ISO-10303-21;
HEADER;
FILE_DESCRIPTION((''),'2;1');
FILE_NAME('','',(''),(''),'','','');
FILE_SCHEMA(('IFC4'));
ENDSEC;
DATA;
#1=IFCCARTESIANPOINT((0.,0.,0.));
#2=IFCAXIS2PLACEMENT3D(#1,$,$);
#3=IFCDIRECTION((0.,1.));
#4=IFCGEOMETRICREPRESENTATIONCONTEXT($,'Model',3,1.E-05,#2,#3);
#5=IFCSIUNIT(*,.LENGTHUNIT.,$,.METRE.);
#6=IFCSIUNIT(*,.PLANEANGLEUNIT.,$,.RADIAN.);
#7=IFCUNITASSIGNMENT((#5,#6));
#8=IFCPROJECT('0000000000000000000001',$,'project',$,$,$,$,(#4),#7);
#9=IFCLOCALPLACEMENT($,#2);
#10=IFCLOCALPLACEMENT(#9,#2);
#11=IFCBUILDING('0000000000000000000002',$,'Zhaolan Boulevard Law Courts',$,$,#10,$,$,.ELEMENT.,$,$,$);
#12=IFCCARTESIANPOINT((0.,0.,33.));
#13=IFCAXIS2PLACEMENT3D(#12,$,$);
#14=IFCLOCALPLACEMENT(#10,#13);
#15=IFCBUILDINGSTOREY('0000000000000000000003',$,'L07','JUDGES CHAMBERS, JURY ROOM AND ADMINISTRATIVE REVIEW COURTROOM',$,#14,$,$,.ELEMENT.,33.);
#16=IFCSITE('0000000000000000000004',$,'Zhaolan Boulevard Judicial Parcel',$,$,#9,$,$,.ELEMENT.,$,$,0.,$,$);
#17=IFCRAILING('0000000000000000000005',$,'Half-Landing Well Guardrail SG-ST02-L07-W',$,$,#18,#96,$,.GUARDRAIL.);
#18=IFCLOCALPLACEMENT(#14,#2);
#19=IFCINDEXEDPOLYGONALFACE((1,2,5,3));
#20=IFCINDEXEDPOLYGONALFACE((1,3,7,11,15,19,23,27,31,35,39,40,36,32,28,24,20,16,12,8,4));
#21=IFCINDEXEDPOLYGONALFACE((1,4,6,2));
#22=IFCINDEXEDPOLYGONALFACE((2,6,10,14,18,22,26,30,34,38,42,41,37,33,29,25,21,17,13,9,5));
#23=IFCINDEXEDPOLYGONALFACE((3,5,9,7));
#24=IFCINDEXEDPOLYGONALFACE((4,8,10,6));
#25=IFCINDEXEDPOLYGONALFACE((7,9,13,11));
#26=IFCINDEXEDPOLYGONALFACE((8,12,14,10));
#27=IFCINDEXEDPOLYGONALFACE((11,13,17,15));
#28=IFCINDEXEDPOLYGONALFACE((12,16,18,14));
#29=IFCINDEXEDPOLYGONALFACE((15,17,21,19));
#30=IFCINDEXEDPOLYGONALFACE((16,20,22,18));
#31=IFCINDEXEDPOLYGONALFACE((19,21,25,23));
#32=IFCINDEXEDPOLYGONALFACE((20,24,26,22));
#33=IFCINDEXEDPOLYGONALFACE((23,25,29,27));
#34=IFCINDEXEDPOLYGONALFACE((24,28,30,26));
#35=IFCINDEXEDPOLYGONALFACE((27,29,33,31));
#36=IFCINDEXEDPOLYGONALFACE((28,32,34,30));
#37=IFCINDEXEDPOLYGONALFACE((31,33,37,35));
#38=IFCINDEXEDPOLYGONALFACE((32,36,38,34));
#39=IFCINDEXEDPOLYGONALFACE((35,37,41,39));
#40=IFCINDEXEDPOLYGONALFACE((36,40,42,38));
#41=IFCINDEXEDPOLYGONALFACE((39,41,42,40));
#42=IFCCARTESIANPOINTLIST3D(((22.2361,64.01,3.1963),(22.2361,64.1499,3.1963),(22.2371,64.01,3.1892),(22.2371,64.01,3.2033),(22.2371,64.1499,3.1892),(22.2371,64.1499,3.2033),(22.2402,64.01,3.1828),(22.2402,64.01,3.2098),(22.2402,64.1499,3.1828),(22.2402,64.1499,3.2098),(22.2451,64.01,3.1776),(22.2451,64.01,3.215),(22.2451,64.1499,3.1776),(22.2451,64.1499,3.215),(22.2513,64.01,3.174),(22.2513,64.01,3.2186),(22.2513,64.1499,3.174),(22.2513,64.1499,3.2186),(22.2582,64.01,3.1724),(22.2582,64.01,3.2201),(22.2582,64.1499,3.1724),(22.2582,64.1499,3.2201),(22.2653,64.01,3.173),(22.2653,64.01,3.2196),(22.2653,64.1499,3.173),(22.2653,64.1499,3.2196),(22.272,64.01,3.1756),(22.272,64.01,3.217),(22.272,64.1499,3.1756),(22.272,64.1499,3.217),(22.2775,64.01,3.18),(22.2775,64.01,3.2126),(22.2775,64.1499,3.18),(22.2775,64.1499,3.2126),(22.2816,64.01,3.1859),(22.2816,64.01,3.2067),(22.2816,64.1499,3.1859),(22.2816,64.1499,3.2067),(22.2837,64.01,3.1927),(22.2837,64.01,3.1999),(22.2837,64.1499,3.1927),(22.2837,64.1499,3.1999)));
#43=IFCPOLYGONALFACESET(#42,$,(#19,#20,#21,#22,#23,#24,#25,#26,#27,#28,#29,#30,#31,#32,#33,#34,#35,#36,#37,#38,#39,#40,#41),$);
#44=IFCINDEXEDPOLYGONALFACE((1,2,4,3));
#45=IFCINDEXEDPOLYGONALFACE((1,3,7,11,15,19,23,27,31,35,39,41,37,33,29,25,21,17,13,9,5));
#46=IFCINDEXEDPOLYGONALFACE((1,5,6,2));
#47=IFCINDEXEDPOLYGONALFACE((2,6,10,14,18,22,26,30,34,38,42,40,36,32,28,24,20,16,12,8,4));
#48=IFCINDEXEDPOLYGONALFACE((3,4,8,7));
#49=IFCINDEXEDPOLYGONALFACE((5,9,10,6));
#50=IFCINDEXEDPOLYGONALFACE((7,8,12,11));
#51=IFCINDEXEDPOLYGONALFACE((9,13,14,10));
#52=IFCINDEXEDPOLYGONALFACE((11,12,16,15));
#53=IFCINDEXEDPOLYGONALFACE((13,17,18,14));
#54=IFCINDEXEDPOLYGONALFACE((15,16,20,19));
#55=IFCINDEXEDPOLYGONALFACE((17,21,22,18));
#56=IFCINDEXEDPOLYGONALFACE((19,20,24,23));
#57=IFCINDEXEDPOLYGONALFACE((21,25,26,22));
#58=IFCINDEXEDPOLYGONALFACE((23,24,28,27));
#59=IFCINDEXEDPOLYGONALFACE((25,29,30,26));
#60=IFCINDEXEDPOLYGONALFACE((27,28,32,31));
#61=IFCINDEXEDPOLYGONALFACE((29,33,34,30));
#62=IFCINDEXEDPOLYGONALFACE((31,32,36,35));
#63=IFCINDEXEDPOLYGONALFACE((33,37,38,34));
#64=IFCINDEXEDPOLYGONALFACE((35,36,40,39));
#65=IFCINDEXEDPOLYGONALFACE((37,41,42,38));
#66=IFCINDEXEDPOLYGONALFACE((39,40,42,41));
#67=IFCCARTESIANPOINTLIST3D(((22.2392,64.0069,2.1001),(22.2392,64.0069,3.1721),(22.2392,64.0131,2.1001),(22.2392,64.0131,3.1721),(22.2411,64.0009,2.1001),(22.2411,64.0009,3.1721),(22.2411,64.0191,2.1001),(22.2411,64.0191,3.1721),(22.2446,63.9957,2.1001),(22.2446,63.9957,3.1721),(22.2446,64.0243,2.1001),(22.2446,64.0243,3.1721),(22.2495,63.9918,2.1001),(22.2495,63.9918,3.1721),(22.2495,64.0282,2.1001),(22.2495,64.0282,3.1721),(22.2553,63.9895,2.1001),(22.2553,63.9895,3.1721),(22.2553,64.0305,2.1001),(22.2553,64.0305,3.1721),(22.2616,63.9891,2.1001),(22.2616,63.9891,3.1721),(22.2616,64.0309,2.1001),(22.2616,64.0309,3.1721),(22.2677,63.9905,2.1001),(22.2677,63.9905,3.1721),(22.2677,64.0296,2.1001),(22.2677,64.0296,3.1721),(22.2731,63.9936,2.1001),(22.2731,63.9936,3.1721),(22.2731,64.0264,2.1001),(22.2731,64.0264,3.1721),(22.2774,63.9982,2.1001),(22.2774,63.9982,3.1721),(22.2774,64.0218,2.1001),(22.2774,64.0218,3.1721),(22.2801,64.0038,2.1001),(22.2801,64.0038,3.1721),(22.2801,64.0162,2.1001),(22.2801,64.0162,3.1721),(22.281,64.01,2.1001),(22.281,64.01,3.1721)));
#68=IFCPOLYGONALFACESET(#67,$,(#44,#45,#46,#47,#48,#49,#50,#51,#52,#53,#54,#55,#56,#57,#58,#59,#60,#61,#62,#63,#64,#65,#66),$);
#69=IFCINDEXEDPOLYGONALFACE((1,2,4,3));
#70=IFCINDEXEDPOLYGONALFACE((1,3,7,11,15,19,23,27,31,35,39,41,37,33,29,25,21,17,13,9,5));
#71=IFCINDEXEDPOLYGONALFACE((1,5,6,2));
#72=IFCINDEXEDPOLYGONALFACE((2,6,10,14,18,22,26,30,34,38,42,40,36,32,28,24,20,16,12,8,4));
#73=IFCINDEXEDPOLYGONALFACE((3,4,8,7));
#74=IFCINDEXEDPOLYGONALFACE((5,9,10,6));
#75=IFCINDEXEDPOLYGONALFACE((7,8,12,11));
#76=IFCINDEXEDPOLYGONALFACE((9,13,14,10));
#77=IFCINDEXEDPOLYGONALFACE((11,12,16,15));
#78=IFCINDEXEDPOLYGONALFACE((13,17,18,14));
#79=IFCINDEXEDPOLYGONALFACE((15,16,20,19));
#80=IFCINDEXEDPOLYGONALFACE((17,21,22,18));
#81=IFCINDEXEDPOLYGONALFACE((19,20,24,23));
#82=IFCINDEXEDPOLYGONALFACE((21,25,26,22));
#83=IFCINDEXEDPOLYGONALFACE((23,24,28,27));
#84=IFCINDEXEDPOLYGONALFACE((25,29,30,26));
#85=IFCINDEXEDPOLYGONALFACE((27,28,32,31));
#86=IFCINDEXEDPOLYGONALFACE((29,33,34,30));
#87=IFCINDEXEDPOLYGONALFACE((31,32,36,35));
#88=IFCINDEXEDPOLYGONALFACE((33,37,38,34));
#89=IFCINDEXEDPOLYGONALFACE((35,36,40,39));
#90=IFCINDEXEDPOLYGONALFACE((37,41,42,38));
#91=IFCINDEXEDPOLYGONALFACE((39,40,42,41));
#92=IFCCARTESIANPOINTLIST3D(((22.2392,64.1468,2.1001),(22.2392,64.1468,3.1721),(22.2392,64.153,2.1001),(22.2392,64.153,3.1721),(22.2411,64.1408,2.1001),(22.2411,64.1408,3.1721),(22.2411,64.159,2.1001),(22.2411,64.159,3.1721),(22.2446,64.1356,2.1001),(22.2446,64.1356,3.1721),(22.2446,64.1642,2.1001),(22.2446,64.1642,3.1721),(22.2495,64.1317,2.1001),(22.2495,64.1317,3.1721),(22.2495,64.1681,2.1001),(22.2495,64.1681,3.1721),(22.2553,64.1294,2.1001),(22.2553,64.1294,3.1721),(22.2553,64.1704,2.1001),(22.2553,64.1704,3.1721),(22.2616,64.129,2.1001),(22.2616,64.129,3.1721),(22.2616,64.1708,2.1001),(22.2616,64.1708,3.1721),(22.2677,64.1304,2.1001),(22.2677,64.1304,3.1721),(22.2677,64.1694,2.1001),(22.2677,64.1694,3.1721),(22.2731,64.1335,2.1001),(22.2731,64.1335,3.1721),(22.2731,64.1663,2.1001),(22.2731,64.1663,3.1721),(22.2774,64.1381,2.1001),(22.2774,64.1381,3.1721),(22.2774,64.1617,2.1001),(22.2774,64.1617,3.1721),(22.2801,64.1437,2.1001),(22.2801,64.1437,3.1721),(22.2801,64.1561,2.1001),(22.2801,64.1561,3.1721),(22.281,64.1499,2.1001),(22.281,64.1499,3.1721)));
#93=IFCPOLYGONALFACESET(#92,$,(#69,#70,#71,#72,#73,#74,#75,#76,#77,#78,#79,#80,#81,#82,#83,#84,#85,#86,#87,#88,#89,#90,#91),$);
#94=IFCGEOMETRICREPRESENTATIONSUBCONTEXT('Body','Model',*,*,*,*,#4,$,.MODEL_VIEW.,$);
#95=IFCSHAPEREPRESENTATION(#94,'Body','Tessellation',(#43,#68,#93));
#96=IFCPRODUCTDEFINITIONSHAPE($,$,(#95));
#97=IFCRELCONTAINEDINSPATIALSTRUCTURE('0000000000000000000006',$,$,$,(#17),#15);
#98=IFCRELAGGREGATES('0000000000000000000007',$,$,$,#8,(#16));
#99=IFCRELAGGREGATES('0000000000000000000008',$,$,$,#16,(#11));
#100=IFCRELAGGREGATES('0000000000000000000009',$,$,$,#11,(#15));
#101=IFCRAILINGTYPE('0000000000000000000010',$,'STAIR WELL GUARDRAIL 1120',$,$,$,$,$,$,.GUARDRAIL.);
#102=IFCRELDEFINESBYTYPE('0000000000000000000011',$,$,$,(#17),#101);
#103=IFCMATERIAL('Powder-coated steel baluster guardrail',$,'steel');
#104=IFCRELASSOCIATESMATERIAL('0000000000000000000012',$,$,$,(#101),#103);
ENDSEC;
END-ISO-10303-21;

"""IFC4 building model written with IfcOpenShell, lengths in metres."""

from ifc_helpers import new_model, si_unit, direction, frame, origin, origin_2d, place, context, subcontext, project, spatial, circle, extrude, material, type_object, element, save


model = new_model("IFC4")

# Units and contexts
model_context = context("Model", 3, precision=1e-05, world=origin(), true_north=direction((0.0, 1.0)))
body_context = subcontext(model_context, "Body", "Model", "MODEL_VIEW")
ifc_project = project(units=[si_unit("LENGTHUNIT", "METRE"), si_unit("PLANEANGLEUNIT", "RADIAN")], contexts=[model_context])

# Site, building, storey
site_placement = place(None, origin())
site = spatial("IfcSite", under=ifc_project, at=site_placement, Name="Zhaolan Boulevard Judicial Parcel", CompositionType="ELEMENT", RefElevation=0.0)
building_placement = place(site_placement, origin())
building = spatial("IfcBuilding", under=site, at=building_placement, Name="Zhaolan Boulevard Law Courts", CompositionType="ELEMENT")
storey_placement = place(building_placement, frame((0.0, 0.0, 33.0)))
storey = spatial("IfcBuildingStorey", under=building, at=storey_placement, Name="L07", Description="JUDGES CHAMBERS, JURY ROOM AND ADMINISTRATIVE REVIEW COURTROOM", CompositionType="ELEMENT", Elevation=33.0)

# Railing
ifc_material_1 = material(Name="Powder-coated steel baluster guardrail", Category="steel")
railing_type_1 = type_object("IfcRailingType", Name="STAIR WELL GUARDRAIL 1120", PredefinedType="GUARDRAIL", material=ifc_material_1)
railing_1_placement = place(storey_placement, frame((22.26, 64.01, 2.1001)))
element("IfcRailing", 1, at=railing_1_placement, inside=storey, type_object=railing_type_1, Name="Half-Landing Well Guardrail SG-ST02-L07-W", PredefinedType="GUARDRAIL", context=body_context, shape_type="SweptSolid", body=[
    extrude(circle(Radius=0.0239, at=origin_2d()), frame((0.0, 0.0, 1.0962), z_axis=(0.0, 1.0, 0.0), x_axis=(-1.0, 0.0, 0.0)), (0.0, 0.0, 1.0), 0.1399),
    extrude(circle(Radius=0.021, at=origin_2d()), origin(), (0.0, 0.0, 1.0), 1.072),
    extrude(circle(Radius=0.021, at=origin_2d()), frame((0.0, 0.1399, 0.0)), (0.0, 0.0, 1.0), 1.072),
])

save(model, "model.ifc")
